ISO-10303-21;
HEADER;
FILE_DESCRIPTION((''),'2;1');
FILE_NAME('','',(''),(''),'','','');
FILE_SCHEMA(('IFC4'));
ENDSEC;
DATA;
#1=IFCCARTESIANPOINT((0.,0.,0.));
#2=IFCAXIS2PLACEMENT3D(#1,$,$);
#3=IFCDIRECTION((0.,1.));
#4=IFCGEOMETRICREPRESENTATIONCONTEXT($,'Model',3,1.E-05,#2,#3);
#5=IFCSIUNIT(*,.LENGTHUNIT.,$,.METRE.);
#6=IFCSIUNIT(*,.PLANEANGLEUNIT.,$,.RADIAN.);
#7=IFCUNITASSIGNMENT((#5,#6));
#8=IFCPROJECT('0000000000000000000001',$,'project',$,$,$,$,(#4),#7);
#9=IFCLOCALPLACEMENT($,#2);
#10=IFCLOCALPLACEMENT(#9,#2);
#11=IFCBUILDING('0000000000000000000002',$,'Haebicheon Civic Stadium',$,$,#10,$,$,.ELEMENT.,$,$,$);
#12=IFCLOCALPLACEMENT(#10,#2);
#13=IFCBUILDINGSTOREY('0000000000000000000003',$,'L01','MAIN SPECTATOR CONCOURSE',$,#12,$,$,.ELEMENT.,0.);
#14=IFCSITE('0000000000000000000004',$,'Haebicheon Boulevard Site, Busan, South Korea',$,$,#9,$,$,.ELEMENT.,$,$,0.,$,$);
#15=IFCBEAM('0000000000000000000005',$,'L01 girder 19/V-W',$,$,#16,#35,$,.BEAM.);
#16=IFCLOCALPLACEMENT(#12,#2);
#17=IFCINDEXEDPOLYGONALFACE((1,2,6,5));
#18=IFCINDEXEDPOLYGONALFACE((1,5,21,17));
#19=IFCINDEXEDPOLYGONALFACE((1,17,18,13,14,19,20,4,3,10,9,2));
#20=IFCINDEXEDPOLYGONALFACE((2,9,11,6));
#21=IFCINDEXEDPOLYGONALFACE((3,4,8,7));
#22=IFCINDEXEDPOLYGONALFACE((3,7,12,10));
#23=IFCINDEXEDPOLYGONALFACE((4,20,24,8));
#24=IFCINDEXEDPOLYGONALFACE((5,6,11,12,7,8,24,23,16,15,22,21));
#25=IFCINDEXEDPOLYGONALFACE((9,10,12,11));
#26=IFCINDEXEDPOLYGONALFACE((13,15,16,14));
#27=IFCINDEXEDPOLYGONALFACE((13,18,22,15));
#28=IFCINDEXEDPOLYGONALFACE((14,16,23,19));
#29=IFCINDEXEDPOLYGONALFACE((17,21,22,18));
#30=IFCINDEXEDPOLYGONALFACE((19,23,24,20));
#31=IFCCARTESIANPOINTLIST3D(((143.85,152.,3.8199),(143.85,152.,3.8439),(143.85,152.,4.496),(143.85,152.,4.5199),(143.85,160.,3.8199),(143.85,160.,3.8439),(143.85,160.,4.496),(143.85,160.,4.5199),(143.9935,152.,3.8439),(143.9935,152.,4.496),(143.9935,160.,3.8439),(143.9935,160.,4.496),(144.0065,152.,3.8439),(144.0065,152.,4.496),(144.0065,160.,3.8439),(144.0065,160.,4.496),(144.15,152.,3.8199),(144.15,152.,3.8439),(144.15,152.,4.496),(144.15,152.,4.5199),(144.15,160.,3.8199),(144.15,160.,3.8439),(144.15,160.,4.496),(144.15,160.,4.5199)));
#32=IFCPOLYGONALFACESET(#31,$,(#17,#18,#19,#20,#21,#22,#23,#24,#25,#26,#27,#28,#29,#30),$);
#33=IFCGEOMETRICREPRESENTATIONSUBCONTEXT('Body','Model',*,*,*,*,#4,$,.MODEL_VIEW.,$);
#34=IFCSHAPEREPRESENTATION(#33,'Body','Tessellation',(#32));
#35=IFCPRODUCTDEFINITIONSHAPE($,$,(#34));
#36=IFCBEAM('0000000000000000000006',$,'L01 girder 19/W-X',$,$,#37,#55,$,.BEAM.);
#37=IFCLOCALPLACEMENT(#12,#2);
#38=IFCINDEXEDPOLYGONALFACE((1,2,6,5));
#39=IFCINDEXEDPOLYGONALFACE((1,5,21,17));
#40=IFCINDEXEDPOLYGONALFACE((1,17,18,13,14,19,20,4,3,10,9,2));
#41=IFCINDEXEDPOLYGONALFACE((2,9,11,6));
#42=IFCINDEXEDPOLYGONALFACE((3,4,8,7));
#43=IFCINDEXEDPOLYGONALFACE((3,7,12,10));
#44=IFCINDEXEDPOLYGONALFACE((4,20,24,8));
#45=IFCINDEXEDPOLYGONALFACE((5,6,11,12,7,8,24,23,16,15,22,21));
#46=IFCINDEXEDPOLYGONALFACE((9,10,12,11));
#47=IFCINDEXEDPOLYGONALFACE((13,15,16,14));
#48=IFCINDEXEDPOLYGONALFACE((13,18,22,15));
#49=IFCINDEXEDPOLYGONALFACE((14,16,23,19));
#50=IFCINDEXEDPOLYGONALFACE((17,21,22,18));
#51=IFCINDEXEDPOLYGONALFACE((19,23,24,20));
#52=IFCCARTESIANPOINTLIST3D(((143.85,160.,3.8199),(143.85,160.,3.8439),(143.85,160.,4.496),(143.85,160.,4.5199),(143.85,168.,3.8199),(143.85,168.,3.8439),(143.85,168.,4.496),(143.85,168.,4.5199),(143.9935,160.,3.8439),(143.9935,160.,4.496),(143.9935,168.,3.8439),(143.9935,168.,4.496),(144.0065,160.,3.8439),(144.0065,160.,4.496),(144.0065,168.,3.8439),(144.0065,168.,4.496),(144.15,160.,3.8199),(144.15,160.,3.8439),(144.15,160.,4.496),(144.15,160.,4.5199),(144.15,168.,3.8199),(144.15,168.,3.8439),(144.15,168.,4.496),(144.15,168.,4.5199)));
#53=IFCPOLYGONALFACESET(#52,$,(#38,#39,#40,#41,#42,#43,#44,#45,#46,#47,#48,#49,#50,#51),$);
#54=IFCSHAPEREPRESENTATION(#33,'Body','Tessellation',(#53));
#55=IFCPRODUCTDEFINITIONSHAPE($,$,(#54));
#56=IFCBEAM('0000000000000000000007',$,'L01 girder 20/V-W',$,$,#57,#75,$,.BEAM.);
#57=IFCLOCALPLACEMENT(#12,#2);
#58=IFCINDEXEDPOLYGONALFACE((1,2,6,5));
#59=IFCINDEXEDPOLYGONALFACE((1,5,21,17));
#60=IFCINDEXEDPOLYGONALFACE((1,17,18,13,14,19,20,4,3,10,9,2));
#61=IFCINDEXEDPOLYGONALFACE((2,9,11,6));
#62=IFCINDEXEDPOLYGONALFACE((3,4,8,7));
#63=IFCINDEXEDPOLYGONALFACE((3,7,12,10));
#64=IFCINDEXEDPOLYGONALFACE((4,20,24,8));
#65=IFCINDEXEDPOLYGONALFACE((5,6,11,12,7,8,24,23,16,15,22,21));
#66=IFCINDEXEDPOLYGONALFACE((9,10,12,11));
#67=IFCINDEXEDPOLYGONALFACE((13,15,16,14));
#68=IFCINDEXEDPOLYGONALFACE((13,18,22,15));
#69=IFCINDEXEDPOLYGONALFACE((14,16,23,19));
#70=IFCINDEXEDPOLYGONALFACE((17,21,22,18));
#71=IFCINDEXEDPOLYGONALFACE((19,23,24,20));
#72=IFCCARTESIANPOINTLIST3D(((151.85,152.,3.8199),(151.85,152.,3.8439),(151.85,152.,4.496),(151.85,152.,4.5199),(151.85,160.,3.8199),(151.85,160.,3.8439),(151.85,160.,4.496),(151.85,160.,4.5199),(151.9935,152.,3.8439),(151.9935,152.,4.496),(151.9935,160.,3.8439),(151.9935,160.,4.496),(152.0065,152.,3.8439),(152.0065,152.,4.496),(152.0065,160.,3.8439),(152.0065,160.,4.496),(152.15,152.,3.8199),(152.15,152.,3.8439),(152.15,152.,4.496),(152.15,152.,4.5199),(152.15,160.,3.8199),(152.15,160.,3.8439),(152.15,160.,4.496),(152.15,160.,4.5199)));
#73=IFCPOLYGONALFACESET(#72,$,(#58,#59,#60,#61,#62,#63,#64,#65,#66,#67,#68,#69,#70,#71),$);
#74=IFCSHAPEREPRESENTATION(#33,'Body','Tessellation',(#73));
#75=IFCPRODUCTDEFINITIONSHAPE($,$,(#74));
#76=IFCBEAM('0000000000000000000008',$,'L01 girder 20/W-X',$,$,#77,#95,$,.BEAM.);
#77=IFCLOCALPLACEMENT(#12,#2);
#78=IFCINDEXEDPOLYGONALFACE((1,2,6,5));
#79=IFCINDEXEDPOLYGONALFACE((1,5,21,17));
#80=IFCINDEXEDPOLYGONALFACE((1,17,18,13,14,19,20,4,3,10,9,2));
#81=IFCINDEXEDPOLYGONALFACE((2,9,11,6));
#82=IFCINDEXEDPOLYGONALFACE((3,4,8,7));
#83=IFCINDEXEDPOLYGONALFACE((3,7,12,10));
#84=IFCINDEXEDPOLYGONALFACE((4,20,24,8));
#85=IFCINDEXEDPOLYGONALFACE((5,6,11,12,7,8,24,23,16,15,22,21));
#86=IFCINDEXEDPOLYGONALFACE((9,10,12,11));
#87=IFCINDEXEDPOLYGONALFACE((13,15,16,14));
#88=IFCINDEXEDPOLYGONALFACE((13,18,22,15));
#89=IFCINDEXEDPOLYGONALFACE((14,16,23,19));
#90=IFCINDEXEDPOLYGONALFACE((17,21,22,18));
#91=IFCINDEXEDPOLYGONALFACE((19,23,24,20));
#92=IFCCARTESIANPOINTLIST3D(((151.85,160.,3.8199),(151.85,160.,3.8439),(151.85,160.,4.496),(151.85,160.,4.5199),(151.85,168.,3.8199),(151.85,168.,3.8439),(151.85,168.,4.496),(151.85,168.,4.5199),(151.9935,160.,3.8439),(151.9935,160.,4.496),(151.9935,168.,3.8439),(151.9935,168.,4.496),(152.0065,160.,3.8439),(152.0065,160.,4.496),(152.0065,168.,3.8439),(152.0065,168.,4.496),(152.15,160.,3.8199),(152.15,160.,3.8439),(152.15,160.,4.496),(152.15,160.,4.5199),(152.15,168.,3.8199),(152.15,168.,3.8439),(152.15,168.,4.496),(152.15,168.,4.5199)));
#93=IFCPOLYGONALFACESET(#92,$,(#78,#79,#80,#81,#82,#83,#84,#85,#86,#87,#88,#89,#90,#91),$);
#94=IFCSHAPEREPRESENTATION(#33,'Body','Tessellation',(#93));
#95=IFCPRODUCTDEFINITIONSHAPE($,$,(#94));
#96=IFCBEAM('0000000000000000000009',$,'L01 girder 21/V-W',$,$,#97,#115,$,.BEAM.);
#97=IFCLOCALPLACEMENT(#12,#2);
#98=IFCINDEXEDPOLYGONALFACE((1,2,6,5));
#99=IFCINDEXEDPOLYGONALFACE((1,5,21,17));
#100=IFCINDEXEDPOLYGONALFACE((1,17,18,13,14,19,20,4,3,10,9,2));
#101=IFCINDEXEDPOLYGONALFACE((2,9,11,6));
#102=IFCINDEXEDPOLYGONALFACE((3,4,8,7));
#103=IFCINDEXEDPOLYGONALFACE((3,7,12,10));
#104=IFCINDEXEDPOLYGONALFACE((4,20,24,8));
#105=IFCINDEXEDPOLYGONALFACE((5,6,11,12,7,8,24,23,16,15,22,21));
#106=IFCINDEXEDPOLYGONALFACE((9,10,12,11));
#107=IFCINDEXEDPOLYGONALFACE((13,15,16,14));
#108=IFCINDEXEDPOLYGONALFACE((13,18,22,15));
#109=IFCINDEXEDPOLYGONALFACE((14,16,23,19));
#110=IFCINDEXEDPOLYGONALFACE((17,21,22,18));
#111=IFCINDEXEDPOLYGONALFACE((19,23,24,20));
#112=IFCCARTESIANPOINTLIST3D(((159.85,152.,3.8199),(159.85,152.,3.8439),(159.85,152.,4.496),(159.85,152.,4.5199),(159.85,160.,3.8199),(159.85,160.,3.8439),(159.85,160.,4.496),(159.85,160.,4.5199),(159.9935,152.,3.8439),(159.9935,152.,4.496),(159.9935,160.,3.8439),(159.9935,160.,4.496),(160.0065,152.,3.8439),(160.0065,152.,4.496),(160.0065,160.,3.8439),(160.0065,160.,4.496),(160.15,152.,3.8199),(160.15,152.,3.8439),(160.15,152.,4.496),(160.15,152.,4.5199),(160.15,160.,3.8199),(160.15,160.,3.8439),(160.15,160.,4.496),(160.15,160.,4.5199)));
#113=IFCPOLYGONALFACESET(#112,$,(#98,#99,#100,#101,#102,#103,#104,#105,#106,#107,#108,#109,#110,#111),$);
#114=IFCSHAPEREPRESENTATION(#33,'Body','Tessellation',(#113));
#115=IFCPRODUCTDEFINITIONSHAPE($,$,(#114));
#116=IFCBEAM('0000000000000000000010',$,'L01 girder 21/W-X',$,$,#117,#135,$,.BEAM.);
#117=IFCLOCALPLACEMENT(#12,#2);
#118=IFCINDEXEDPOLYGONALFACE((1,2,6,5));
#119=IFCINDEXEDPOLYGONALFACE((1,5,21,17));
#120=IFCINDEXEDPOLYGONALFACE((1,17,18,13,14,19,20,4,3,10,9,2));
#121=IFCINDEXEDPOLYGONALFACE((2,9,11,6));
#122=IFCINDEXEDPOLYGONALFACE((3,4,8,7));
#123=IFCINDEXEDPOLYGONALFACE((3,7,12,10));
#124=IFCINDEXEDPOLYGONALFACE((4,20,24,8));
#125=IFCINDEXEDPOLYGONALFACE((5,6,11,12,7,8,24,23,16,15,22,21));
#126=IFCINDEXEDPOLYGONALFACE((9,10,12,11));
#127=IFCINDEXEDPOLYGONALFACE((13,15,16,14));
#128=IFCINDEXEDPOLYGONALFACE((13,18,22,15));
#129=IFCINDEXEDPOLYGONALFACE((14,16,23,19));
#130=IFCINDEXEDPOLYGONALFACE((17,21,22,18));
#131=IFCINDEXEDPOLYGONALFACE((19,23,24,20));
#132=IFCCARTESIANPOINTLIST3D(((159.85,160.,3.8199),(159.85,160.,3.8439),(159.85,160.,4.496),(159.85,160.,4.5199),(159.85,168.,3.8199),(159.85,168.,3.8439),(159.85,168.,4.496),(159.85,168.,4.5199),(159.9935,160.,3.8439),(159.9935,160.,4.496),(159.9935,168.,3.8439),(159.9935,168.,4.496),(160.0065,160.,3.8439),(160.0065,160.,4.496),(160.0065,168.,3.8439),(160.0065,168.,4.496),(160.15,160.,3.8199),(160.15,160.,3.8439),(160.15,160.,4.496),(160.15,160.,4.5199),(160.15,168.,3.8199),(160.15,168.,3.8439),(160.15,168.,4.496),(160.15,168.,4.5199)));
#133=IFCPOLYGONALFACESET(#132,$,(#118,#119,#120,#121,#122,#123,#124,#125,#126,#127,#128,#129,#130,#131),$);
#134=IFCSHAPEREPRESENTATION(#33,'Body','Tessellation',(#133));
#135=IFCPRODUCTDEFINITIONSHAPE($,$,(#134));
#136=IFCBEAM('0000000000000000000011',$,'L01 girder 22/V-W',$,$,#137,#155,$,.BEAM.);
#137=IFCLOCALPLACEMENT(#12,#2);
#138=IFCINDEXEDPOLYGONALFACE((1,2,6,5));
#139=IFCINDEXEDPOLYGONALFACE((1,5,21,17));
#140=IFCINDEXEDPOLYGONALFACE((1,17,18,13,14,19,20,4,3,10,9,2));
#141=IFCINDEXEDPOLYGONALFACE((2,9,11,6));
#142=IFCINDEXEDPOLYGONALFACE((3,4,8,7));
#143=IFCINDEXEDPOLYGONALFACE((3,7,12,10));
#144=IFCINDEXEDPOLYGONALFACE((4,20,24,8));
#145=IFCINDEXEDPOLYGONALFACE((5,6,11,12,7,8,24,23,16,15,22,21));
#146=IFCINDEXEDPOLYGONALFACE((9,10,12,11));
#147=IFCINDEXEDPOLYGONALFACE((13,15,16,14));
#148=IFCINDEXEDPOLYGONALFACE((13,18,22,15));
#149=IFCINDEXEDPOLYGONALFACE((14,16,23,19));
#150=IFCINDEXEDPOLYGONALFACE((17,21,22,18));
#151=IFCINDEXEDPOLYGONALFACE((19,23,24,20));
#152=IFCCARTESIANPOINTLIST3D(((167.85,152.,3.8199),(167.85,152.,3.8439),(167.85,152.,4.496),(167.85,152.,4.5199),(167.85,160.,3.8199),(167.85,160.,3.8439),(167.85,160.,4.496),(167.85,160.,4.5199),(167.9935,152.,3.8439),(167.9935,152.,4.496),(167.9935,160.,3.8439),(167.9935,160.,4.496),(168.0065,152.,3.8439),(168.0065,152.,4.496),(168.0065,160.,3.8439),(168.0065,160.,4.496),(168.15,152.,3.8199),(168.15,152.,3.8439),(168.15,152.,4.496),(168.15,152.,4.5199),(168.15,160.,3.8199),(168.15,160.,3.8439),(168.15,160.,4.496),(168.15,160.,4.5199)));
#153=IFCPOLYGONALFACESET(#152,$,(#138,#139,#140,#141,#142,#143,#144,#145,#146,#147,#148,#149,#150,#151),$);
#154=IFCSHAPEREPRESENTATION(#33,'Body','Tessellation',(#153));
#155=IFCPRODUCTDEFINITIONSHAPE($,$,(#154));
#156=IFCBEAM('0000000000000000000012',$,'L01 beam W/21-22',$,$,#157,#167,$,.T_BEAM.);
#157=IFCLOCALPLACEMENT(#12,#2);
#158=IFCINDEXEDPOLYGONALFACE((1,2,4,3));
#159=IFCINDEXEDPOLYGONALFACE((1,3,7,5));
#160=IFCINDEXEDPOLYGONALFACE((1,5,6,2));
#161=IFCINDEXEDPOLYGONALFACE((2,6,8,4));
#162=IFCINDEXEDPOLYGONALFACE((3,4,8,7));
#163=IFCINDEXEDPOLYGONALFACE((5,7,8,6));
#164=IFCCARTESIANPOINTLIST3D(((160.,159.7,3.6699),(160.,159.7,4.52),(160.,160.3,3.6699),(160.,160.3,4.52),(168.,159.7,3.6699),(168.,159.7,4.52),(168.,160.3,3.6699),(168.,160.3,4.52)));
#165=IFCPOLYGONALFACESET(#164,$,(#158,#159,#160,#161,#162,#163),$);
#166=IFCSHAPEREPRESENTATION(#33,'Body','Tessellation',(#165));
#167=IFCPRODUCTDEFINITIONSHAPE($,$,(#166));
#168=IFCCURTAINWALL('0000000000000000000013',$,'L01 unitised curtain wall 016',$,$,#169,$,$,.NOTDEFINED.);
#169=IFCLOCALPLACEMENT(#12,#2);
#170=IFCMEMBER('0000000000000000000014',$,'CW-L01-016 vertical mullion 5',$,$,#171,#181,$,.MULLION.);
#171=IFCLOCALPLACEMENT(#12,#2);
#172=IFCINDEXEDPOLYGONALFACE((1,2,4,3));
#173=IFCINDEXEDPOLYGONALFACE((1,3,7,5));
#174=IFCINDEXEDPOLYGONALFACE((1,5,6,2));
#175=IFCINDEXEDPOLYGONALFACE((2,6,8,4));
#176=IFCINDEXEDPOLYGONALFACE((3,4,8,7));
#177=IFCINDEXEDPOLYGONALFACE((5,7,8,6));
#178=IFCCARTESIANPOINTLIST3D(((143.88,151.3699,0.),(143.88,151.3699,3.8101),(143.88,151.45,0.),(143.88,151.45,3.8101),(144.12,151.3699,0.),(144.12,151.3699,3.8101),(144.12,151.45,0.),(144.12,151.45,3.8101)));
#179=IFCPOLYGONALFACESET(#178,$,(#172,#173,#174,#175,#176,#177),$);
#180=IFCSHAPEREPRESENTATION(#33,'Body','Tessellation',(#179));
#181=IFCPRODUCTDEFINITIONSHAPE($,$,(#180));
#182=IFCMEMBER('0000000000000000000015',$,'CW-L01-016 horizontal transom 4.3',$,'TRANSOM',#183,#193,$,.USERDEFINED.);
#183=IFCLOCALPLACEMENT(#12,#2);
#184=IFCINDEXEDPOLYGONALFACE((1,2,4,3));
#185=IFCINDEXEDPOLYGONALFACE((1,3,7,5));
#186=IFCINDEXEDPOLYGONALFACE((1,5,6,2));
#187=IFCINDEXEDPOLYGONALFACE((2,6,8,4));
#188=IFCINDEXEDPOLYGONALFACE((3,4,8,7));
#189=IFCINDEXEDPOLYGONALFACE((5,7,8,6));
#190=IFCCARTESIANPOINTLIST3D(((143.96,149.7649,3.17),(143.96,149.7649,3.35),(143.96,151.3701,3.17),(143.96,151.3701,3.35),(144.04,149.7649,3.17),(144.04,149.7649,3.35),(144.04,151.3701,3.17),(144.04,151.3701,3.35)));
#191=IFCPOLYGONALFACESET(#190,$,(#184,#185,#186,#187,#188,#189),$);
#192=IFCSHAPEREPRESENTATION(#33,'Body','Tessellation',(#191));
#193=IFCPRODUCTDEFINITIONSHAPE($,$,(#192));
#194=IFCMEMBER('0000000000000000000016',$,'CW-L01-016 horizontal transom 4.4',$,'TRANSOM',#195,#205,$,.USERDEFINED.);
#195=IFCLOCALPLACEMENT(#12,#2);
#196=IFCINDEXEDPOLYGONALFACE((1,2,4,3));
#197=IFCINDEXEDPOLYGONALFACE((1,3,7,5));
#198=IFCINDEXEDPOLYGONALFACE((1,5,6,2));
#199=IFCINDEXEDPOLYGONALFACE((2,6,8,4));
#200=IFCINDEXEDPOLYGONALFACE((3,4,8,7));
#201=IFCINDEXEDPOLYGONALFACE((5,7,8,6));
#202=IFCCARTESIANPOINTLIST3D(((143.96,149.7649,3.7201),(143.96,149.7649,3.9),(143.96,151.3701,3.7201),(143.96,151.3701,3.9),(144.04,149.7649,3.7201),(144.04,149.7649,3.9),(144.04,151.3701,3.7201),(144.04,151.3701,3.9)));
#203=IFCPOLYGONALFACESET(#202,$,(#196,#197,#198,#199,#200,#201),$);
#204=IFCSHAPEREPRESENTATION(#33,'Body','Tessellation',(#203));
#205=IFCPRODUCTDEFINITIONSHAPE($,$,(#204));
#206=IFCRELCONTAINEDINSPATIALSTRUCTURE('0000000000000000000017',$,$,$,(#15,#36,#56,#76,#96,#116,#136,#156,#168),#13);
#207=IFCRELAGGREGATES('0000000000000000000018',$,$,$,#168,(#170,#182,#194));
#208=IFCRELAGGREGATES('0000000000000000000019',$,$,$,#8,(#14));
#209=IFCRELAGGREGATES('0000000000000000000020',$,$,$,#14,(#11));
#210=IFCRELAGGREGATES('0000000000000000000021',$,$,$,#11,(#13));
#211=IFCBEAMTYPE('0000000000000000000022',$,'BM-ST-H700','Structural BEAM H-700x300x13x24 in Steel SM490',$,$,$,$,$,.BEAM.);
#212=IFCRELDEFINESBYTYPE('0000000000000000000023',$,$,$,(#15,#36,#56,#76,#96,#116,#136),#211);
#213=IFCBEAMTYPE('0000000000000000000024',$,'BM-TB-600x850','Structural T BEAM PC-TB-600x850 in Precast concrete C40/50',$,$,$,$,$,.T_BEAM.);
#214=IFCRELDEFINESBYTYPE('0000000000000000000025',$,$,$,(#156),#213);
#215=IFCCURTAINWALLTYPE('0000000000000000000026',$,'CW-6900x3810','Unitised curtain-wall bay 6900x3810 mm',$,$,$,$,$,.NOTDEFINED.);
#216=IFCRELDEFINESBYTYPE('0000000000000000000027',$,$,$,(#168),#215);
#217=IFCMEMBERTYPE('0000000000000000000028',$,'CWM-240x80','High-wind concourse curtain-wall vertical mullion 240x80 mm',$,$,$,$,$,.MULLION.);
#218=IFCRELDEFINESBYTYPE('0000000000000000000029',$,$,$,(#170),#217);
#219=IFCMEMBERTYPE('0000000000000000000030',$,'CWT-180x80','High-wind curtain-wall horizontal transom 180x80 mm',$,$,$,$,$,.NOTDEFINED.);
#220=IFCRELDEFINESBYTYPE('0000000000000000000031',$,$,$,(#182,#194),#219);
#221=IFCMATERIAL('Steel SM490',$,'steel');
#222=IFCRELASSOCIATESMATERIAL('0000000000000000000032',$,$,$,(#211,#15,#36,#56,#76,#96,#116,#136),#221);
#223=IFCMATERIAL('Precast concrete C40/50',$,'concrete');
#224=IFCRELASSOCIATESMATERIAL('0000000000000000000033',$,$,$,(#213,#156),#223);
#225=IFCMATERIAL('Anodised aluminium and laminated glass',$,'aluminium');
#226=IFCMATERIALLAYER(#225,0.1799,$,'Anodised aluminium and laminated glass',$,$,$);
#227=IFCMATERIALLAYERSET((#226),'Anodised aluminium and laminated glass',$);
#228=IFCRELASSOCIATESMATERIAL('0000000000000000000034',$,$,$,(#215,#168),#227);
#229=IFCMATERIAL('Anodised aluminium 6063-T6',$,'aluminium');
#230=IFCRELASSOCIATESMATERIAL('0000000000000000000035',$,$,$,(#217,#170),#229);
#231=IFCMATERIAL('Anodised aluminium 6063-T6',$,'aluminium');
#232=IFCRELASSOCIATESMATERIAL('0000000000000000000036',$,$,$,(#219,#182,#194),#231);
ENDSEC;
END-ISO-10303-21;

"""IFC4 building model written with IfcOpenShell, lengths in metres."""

from ifc_helpers import new_model, si_unit, direction, frame, origin, origin_2d, place, context, subcontext, project, spatial, rectangle, i_section, extrude, material, layer, layer_set, material_profile, profile_set, type_object, element, aggregate, save


model = new_model("IFC4")

# Units and contexts
model_context = context("Model", 3, precision=1e-05, world=origin(), true_north=direction((0.0, 1.0)))
body_context = subcontext(model_context, "Body", "Model", "MODEL_VIEW")
ifc_project = project(units=[si_unit("LENGTHUNIT", "METRE"), si_unit("PLANEANGLEUNIT", "RADIAN")], contexts=[model_context])

# Site, building, storey
site_placement = place(None, origin())
site = spatial("IfcSite", under=ifc_project, at=site_placement, Name="Haebicheon Boulevard Site, Busan, South Korea", CompositionType="ELEMENT", RefElevation=0.0)
building_placement = place(site_placement, origin())
building = spatial("IfcBuilding", under=site, at=building_placement, Name="Haebicheon Civic Stadium", CompositionType="ELEMENT")
storey_placement = place(building_placement, origin())
storey = spatial("IfcBuildingStorey", under=building, at=storey_placement, Name="L01", Description="MAIN SPECTATOR CONCOURSE", CompositionType="ELEMENT", Elevation=0.0)

# Beams
ifc_material_1 = material(Name="Steel SM490", Category="steel")
ifc_material_profile_1 = material_profile(ifc_material_1, i_section(OverallWidth=0.3, OverallDepth=0.7, WebThickness=0.0129, FlangeThickness=0.0239, at=origin_2d()), Name="H-700x300x13x24")
ifc_profile_set_1 = profile_set([ifc_material_profile_1], Name="Steel SM490")
beam_type_1 = type_object("IfcBeamType", Name="BM-ST-H700", Description="Structural BEAM H-700x300x13x24 in Steel SM490", PredefinedType="BEAM", material=ifc_profile_set_1)
for number, where, z_axis, x_axis, name in (
    (1, (144.0, 152.0, 4.1699), (0.0, 1.0, 0.0), (-1.0, 0.0, 0.0), "L01 girder 19/V-W"),
    (2, (144.0, 160.0, 4.1699), (0.0, 1.0, 0.0), (-1.0, 0.0, 0.0), "L01 girder 19/W-X"),
    (3, (152.0, 152.0, 4.1699), (0.0, 1.0, 0.0), (-1.0, 0.0, 0.0), "L01 girder 20/V-W"),
    (4, (152.0, 160.0, 4.1699), (0.0, 1.0, 0.0), (-1.0, 0.0, 0.0), "L01 girder 20/W-X"),
    (5, (160.0, 152.0, 4.1699), (0.0, 1.0, 0.0), (-1.0, 0.0, 0.0), "L01 girder 21/V-W"),
    (6, (160.0, 160.0, 4.1699), (0.0, 1.0, 0.0), (-1.0, 0.0, 0.0), "L01 girder 21/W-X"),
    (7, (168.0, 152.0, 4.1699), (0.0, 1.0, 0.0), (-1.0, 0.0, 0.0), "L01 girder 22/V-W"),
):
    element("IfcBeam", number, at=place(storey_placement, frame(where, z_axis=z_axis, x_axis=x_axis)), inside=storey, type_object=beam_type_1, material=ifc_profile_set_1, Name=name, PredefinedType="BEAM", context=body_context, shape_type="SweptSolid", body=[
        extrude(i_section(OverallWidth=0.3, OverallDepth=0.7, WebThickness=0.0129, FlangeThickness=0.0239, at=origin_2d()), origin(), (0.0, 0.0, 1.0), 8.0),
    ])
ifc_material_2 = material(Name="Precast concrete C40/50", Category="concrete")
ifc_material_profile_2 = material_profile(ifc_material_2, rectangle(XDim=0.6001, YDim=0.8501, at=origin_2d()), Name="PC-TB-600x850")
ifc_profile_set_2 = profile_set([ifc_material_profile_2], Name="Precast concrete C40/50")
beam_type_2 = type_object("IfcBeamType", Name="BM-TB-600x850", Description="Structural T BEAM PC-TB-600x850 in Precast concrete C40/50", PredefinedType="T_BEAM", material=ifc_profile_set_2)
beam_1_placement = place(storey_placement, frame((160.0, 160.0, 4.095), z_axis=(1.0, 0.0, 0.0), x_axis=(0.0, 1.0, 0.0)))
element("IfcBeam", 8, at=beam_1_placement, inside=storey, type_object=beam_type_2, material=ifc_profile_set_2, Name="L01 beam W/21-22", PredefinedType="T_BEAM", context=body_context, shape_type="SweptSolid", body=[
    extrude(rectangle(XDim=0.6001, YDim=0.8501, at=origin_2d()), origin(), (0.0, 0.0, 1.0), 8.0),
])

# Curtain wall, members
ifc_material_3 = material(Name="Anodised aluminium and laminated glass", Category="aluminium")
ifc_layer_1 = layer(ifc_material_3, 0.1799, Name="Anodised aluminium and laminated glass")
ifc_layer_set_1 = layer_set([ifc_layer_1], Name="Anodised aluminium and laminated glass")
curtain_wall_type = type_object("IfcCurtainWallType", Name="CW-6900x3810", Description="Unitised curtain-wall bay 6900x3810 mm", PredefinedType="NOTDEFINED", material=ifc_layer_set_1)
curtain_wall_placement = place(storey_placement, origin())
curtain_wall = element("IfcCurtainWall", 9, at=curtain_wall_placement, inside=storey, type_object=curtain_wall_type, material=ifc_layer_set_1, Name="L01 unitised curtain wall 016", PredefinedType="NOTDEFINED")
ifc_material_4 = material(Name="Anodised aluminium 6063-T6", Category="aluminium")
ifc_material_profile_3 = material_profile(ifc_material_4, rectangle(XDim=0.0801, YDim=0.24, at=origin_2d()), Name="ALU-MULL-80x240")
ifc_profile_set_3 = profile_set([ifc_material_profile_3], Name="Anodised aluminium 6063-T6")
member_type_1 = type_object("IfcMemberType", Name="CWM-240x80", Description="High-wind concourse curtain-wall vertical mullion 240x80 mm", PredefinedType="MULLION", material=ifc_profile_set_3)
member_1_placement = place(storey_placement, frame((144.0, 151.4099, 0.0), z_axis=(0.0, 0.0, 1.0), x_axis=(0.0, 1.0, 0.0)))
member_1 = element("IfcMember", 10, at=member_1_placement, type_object=member_type_1, material=ifc_profile_set_3, Name="CW-L01-016 vertical mullion 5", PredefinedType="MULLION", context=body_context, shape_type="SweptSolid", body=[
    extrude(rectangle(XDim=0.0801, YDim=0.24, at=origin_2d()), origin(), (0.0, 0.0, 1.0), 3.8101),
])
ifc_material_5 = material(Name="Anodised aluminium 6063-T6", Category="aluminium")
ifc_material_profile_4 = material_profile(ifc_material_5, rectangle(XDim=0.0801, YDim=0.1799, at=origin_2d()), Name="ALU-TRAN-80x180")
ifc_profile_set_4 = profile_set([ifc_material_profile_4], Name="Anodised aluminium 6063-T6")
member_type_2 = type_object("IfcMemberType", Name="CWT-180x80", Description="High-wind curtain-wall horizontal transom 180x80 mm", PredefinedType="NOTDEFINED", material=ifc_profile_set_4)
member_2_placement = place(storey_placement, frame((144.0, 149.7649, 3.26), z_axis=(0.0, 1.0, 0.0), x_axis=(-1.0, 0.0, 0.0)))
member_2 = element("IfcMember", 11, at=member_2_placement, type_object=member_type_2, material=ifc_profile_set_4, Name="CW-L01-016 horizontal transom 4.3", ObjectType="TRANSOM", PredefinedType="USERDEFINED", context=body_context, shape_type="SweptSolid", body=[
    extrude(rectangle(XDim=0.0801, YDim=0.1799, at=origin_2d()), origin(), (0.0, 0.0, 1.0), 1.6052),
])
member_3_placement = place(storey_placement, frame((144.0, 149.7649, 3.8101), z_axis=(0.0, 1.0, 0.0), x_axis=(-1.0, 0.0, 0.0)))
member_3 = element("IfcMember", 12, at=member_3_placement, type_object=member_type_2, material=ifc_profile_set_4, Name="CW-L01-016 horizontal transom 4.4", ObjectType="TRANSOM", PredefinedType="USERDEFINED", context=body_context, shape_type="SweptSolid", body=[
    extrude(rectangle(XDim=0.0801, YDim=0.1799, at=origin_2d()), origin(), (0.0, 0.0, 1.0), 1.6052),
])

aggregate(curtain_wall, [member_1, member_2, member_3])

save(model, "model.ifc")
